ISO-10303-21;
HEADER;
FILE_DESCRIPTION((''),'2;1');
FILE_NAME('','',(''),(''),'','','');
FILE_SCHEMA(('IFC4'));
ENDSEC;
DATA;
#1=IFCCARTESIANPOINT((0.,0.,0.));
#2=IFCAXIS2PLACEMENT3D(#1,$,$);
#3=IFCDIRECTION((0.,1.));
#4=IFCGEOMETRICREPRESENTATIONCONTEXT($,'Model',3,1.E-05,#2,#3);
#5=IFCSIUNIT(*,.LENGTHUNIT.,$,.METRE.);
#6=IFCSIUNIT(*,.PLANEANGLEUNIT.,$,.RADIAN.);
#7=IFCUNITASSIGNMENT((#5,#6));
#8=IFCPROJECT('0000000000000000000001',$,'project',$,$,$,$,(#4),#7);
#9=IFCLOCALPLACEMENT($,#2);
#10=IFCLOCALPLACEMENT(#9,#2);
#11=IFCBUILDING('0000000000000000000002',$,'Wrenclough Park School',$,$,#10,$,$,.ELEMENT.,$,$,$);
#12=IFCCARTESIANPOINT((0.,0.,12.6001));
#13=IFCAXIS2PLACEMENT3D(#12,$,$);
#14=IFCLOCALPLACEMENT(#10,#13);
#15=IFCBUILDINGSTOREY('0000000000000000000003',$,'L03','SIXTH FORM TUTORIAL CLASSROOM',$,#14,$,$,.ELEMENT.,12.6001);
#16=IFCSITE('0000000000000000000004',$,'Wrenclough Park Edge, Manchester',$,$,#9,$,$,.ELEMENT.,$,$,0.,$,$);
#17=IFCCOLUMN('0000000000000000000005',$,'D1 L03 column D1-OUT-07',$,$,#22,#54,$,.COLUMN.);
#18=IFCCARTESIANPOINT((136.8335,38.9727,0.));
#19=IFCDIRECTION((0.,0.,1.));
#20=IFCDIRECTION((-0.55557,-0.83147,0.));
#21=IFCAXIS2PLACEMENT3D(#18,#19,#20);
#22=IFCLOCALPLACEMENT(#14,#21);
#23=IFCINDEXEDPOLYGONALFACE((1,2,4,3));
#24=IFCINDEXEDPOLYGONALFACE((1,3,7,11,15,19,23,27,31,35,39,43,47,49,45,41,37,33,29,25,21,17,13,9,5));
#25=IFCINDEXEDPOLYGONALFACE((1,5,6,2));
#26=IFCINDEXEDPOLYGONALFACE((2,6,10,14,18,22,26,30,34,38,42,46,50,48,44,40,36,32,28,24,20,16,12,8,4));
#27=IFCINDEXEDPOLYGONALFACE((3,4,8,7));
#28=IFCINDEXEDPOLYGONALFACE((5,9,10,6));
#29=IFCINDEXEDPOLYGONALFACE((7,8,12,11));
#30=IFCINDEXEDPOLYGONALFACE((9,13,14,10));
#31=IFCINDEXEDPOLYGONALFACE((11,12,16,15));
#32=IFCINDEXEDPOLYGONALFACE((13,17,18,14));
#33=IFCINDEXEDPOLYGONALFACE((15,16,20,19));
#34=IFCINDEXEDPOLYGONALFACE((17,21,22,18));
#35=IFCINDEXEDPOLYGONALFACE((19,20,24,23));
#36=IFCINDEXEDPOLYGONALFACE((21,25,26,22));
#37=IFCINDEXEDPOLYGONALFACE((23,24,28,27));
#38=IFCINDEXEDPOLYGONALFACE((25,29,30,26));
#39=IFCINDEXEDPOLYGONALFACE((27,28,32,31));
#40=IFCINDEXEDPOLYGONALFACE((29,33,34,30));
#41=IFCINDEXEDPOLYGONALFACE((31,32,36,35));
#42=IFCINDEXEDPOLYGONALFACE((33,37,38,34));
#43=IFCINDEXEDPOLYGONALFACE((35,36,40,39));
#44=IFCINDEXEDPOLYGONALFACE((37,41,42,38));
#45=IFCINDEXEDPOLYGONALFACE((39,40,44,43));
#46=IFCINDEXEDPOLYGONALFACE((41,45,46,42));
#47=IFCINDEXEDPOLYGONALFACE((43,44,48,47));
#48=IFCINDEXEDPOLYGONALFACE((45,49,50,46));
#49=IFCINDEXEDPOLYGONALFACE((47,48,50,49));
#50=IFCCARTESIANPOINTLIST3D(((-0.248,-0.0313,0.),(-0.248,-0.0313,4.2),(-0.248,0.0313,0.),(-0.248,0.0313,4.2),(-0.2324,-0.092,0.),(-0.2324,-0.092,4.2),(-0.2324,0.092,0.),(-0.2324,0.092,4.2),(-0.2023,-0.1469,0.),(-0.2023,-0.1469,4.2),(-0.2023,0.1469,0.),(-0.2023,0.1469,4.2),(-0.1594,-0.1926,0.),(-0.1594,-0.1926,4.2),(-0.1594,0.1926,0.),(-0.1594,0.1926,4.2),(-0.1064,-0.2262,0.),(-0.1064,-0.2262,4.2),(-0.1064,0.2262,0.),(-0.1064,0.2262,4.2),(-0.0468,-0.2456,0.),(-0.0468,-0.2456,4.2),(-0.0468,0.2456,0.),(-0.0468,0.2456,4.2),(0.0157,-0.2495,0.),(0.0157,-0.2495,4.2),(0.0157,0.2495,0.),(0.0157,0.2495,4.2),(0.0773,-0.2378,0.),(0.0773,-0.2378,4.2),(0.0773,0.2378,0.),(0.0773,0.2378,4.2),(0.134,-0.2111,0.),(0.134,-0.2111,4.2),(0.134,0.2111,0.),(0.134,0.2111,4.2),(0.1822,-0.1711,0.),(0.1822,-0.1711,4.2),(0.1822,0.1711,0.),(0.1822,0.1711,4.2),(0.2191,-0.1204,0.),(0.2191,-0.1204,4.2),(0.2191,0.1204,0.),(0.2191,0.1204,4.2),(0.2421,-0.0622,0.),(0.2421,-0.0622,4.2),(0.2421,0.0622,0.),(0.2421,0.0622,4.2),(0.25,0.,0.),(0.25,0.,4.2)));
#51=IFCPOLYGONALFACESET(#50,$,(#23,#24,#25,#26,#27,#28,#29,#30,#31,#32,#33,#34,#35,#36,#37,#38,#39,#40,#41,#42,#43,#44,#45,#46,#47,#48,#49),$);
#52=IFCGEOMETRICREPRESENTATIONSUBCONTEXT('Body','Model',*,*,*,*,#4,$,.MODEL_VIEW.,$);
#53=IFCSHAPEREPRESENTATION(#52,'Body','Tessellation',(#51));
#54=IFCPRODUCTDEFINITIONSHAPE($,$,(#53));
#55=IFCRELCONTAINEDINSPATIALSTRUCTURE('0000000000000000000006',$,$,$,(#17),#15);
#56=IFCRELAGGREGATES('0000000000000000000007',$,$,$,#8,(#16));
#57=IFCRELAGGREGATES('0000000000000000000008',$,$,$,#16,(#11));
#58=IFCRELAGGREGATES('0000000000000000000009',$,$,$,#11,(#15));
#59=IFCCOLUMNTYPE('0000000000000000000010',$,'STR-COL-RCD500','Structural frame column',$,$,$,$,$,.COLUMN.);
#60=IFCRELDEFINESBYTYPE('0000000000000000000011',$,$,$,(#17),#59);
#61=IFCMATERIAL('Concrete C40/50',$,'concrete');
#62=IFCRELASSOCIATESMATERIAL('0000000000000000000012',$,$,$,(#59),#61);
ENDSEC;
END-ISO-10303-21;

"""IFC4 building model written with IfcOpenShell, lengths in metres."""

from ifc_helpers import new_model, si_unit, direction, frame, origin, origin_2d, place, context, subcontext, project, spatial, circle, extrude, material, material_profile, profile_set, type_object, element, save


model = new_model("IFC4")

# Units and contexts
model_context = context("Model", 3, precision=1e-05, world=origin(), true_north=direction((0.0, 1.0)))
body_context = subcontext(model_context, "Body", "Model", "MODEL_VIEW")
ifc_project = project(units=[si_unit("LENGTHUNIT", "METRE"), si_unit("PLANEANGLEUNIT", "RADIAN")], contexts=[model_context])

# Site, building, storey
site_placement = place(None, origin())
site = spatial("IfcSite", under=ifc_project, at=site_placement, Name="Wrenclough Park Edge, Manchester", CompositionType="ELEMENT", RefElevation=0.0)
building_placement = place(site_placement, origin())
building = spatial("IfcBuilding", under=site, at=building_placement, Name="Wrenclough Park School", CompositionType="ELEMENT")
storey_placement = place(building_placement, frame((0.0, 0.0, 12.6001)))
storey = spatial("IfcBuildingStorey", under=building, at=storey_placement, Name="L03", Description="SIXTH FORM TUTORIAL CLASSROOM", CompositionType="ELEMENT", Elevation=12.6001)

# Column
ifc_material_1 = material(Name="Concrete C40/50", Category="concrete")
ifc_material_profile_1 = material_profile(ifc_material_1, circle(Radius=0.25, at=origin_2d()), Name="RC COL D500")
ifc_profile_set_1 = profile_set([ifc_material_profile_1], Name="Concrete C40/50")
column_type = type_object("IfcColumnType", Name="STR-COL-RCD500", Description="Structural frame column", PredefinedType="COLUMN", material=ifc_profile_set_1)
for number, where, z_axis, x_axis, name in (
    (1, (136.8335, 38.9727, 0.0), (0.0, 0.0, 1.0), (-0.55557, -0.83147, 0.0), "D1 L03 column D1-OUT-07"),
):
    element("IfcColumn", number, at=place(storey_placement, frame(where, z_axis=z_axis, x_axis=x_axis)), inside=storey, type_object=column_type, Name=name, PredefinedType="COLUMN", context=body_context, shape_type="SweptSolid", body=[
        extrude(circle(Radius=0.25, at=origin_2d()), origin(), (0.0, 0.0, 1.0), 4.2),
    ])

save(model, "model.ifc")
